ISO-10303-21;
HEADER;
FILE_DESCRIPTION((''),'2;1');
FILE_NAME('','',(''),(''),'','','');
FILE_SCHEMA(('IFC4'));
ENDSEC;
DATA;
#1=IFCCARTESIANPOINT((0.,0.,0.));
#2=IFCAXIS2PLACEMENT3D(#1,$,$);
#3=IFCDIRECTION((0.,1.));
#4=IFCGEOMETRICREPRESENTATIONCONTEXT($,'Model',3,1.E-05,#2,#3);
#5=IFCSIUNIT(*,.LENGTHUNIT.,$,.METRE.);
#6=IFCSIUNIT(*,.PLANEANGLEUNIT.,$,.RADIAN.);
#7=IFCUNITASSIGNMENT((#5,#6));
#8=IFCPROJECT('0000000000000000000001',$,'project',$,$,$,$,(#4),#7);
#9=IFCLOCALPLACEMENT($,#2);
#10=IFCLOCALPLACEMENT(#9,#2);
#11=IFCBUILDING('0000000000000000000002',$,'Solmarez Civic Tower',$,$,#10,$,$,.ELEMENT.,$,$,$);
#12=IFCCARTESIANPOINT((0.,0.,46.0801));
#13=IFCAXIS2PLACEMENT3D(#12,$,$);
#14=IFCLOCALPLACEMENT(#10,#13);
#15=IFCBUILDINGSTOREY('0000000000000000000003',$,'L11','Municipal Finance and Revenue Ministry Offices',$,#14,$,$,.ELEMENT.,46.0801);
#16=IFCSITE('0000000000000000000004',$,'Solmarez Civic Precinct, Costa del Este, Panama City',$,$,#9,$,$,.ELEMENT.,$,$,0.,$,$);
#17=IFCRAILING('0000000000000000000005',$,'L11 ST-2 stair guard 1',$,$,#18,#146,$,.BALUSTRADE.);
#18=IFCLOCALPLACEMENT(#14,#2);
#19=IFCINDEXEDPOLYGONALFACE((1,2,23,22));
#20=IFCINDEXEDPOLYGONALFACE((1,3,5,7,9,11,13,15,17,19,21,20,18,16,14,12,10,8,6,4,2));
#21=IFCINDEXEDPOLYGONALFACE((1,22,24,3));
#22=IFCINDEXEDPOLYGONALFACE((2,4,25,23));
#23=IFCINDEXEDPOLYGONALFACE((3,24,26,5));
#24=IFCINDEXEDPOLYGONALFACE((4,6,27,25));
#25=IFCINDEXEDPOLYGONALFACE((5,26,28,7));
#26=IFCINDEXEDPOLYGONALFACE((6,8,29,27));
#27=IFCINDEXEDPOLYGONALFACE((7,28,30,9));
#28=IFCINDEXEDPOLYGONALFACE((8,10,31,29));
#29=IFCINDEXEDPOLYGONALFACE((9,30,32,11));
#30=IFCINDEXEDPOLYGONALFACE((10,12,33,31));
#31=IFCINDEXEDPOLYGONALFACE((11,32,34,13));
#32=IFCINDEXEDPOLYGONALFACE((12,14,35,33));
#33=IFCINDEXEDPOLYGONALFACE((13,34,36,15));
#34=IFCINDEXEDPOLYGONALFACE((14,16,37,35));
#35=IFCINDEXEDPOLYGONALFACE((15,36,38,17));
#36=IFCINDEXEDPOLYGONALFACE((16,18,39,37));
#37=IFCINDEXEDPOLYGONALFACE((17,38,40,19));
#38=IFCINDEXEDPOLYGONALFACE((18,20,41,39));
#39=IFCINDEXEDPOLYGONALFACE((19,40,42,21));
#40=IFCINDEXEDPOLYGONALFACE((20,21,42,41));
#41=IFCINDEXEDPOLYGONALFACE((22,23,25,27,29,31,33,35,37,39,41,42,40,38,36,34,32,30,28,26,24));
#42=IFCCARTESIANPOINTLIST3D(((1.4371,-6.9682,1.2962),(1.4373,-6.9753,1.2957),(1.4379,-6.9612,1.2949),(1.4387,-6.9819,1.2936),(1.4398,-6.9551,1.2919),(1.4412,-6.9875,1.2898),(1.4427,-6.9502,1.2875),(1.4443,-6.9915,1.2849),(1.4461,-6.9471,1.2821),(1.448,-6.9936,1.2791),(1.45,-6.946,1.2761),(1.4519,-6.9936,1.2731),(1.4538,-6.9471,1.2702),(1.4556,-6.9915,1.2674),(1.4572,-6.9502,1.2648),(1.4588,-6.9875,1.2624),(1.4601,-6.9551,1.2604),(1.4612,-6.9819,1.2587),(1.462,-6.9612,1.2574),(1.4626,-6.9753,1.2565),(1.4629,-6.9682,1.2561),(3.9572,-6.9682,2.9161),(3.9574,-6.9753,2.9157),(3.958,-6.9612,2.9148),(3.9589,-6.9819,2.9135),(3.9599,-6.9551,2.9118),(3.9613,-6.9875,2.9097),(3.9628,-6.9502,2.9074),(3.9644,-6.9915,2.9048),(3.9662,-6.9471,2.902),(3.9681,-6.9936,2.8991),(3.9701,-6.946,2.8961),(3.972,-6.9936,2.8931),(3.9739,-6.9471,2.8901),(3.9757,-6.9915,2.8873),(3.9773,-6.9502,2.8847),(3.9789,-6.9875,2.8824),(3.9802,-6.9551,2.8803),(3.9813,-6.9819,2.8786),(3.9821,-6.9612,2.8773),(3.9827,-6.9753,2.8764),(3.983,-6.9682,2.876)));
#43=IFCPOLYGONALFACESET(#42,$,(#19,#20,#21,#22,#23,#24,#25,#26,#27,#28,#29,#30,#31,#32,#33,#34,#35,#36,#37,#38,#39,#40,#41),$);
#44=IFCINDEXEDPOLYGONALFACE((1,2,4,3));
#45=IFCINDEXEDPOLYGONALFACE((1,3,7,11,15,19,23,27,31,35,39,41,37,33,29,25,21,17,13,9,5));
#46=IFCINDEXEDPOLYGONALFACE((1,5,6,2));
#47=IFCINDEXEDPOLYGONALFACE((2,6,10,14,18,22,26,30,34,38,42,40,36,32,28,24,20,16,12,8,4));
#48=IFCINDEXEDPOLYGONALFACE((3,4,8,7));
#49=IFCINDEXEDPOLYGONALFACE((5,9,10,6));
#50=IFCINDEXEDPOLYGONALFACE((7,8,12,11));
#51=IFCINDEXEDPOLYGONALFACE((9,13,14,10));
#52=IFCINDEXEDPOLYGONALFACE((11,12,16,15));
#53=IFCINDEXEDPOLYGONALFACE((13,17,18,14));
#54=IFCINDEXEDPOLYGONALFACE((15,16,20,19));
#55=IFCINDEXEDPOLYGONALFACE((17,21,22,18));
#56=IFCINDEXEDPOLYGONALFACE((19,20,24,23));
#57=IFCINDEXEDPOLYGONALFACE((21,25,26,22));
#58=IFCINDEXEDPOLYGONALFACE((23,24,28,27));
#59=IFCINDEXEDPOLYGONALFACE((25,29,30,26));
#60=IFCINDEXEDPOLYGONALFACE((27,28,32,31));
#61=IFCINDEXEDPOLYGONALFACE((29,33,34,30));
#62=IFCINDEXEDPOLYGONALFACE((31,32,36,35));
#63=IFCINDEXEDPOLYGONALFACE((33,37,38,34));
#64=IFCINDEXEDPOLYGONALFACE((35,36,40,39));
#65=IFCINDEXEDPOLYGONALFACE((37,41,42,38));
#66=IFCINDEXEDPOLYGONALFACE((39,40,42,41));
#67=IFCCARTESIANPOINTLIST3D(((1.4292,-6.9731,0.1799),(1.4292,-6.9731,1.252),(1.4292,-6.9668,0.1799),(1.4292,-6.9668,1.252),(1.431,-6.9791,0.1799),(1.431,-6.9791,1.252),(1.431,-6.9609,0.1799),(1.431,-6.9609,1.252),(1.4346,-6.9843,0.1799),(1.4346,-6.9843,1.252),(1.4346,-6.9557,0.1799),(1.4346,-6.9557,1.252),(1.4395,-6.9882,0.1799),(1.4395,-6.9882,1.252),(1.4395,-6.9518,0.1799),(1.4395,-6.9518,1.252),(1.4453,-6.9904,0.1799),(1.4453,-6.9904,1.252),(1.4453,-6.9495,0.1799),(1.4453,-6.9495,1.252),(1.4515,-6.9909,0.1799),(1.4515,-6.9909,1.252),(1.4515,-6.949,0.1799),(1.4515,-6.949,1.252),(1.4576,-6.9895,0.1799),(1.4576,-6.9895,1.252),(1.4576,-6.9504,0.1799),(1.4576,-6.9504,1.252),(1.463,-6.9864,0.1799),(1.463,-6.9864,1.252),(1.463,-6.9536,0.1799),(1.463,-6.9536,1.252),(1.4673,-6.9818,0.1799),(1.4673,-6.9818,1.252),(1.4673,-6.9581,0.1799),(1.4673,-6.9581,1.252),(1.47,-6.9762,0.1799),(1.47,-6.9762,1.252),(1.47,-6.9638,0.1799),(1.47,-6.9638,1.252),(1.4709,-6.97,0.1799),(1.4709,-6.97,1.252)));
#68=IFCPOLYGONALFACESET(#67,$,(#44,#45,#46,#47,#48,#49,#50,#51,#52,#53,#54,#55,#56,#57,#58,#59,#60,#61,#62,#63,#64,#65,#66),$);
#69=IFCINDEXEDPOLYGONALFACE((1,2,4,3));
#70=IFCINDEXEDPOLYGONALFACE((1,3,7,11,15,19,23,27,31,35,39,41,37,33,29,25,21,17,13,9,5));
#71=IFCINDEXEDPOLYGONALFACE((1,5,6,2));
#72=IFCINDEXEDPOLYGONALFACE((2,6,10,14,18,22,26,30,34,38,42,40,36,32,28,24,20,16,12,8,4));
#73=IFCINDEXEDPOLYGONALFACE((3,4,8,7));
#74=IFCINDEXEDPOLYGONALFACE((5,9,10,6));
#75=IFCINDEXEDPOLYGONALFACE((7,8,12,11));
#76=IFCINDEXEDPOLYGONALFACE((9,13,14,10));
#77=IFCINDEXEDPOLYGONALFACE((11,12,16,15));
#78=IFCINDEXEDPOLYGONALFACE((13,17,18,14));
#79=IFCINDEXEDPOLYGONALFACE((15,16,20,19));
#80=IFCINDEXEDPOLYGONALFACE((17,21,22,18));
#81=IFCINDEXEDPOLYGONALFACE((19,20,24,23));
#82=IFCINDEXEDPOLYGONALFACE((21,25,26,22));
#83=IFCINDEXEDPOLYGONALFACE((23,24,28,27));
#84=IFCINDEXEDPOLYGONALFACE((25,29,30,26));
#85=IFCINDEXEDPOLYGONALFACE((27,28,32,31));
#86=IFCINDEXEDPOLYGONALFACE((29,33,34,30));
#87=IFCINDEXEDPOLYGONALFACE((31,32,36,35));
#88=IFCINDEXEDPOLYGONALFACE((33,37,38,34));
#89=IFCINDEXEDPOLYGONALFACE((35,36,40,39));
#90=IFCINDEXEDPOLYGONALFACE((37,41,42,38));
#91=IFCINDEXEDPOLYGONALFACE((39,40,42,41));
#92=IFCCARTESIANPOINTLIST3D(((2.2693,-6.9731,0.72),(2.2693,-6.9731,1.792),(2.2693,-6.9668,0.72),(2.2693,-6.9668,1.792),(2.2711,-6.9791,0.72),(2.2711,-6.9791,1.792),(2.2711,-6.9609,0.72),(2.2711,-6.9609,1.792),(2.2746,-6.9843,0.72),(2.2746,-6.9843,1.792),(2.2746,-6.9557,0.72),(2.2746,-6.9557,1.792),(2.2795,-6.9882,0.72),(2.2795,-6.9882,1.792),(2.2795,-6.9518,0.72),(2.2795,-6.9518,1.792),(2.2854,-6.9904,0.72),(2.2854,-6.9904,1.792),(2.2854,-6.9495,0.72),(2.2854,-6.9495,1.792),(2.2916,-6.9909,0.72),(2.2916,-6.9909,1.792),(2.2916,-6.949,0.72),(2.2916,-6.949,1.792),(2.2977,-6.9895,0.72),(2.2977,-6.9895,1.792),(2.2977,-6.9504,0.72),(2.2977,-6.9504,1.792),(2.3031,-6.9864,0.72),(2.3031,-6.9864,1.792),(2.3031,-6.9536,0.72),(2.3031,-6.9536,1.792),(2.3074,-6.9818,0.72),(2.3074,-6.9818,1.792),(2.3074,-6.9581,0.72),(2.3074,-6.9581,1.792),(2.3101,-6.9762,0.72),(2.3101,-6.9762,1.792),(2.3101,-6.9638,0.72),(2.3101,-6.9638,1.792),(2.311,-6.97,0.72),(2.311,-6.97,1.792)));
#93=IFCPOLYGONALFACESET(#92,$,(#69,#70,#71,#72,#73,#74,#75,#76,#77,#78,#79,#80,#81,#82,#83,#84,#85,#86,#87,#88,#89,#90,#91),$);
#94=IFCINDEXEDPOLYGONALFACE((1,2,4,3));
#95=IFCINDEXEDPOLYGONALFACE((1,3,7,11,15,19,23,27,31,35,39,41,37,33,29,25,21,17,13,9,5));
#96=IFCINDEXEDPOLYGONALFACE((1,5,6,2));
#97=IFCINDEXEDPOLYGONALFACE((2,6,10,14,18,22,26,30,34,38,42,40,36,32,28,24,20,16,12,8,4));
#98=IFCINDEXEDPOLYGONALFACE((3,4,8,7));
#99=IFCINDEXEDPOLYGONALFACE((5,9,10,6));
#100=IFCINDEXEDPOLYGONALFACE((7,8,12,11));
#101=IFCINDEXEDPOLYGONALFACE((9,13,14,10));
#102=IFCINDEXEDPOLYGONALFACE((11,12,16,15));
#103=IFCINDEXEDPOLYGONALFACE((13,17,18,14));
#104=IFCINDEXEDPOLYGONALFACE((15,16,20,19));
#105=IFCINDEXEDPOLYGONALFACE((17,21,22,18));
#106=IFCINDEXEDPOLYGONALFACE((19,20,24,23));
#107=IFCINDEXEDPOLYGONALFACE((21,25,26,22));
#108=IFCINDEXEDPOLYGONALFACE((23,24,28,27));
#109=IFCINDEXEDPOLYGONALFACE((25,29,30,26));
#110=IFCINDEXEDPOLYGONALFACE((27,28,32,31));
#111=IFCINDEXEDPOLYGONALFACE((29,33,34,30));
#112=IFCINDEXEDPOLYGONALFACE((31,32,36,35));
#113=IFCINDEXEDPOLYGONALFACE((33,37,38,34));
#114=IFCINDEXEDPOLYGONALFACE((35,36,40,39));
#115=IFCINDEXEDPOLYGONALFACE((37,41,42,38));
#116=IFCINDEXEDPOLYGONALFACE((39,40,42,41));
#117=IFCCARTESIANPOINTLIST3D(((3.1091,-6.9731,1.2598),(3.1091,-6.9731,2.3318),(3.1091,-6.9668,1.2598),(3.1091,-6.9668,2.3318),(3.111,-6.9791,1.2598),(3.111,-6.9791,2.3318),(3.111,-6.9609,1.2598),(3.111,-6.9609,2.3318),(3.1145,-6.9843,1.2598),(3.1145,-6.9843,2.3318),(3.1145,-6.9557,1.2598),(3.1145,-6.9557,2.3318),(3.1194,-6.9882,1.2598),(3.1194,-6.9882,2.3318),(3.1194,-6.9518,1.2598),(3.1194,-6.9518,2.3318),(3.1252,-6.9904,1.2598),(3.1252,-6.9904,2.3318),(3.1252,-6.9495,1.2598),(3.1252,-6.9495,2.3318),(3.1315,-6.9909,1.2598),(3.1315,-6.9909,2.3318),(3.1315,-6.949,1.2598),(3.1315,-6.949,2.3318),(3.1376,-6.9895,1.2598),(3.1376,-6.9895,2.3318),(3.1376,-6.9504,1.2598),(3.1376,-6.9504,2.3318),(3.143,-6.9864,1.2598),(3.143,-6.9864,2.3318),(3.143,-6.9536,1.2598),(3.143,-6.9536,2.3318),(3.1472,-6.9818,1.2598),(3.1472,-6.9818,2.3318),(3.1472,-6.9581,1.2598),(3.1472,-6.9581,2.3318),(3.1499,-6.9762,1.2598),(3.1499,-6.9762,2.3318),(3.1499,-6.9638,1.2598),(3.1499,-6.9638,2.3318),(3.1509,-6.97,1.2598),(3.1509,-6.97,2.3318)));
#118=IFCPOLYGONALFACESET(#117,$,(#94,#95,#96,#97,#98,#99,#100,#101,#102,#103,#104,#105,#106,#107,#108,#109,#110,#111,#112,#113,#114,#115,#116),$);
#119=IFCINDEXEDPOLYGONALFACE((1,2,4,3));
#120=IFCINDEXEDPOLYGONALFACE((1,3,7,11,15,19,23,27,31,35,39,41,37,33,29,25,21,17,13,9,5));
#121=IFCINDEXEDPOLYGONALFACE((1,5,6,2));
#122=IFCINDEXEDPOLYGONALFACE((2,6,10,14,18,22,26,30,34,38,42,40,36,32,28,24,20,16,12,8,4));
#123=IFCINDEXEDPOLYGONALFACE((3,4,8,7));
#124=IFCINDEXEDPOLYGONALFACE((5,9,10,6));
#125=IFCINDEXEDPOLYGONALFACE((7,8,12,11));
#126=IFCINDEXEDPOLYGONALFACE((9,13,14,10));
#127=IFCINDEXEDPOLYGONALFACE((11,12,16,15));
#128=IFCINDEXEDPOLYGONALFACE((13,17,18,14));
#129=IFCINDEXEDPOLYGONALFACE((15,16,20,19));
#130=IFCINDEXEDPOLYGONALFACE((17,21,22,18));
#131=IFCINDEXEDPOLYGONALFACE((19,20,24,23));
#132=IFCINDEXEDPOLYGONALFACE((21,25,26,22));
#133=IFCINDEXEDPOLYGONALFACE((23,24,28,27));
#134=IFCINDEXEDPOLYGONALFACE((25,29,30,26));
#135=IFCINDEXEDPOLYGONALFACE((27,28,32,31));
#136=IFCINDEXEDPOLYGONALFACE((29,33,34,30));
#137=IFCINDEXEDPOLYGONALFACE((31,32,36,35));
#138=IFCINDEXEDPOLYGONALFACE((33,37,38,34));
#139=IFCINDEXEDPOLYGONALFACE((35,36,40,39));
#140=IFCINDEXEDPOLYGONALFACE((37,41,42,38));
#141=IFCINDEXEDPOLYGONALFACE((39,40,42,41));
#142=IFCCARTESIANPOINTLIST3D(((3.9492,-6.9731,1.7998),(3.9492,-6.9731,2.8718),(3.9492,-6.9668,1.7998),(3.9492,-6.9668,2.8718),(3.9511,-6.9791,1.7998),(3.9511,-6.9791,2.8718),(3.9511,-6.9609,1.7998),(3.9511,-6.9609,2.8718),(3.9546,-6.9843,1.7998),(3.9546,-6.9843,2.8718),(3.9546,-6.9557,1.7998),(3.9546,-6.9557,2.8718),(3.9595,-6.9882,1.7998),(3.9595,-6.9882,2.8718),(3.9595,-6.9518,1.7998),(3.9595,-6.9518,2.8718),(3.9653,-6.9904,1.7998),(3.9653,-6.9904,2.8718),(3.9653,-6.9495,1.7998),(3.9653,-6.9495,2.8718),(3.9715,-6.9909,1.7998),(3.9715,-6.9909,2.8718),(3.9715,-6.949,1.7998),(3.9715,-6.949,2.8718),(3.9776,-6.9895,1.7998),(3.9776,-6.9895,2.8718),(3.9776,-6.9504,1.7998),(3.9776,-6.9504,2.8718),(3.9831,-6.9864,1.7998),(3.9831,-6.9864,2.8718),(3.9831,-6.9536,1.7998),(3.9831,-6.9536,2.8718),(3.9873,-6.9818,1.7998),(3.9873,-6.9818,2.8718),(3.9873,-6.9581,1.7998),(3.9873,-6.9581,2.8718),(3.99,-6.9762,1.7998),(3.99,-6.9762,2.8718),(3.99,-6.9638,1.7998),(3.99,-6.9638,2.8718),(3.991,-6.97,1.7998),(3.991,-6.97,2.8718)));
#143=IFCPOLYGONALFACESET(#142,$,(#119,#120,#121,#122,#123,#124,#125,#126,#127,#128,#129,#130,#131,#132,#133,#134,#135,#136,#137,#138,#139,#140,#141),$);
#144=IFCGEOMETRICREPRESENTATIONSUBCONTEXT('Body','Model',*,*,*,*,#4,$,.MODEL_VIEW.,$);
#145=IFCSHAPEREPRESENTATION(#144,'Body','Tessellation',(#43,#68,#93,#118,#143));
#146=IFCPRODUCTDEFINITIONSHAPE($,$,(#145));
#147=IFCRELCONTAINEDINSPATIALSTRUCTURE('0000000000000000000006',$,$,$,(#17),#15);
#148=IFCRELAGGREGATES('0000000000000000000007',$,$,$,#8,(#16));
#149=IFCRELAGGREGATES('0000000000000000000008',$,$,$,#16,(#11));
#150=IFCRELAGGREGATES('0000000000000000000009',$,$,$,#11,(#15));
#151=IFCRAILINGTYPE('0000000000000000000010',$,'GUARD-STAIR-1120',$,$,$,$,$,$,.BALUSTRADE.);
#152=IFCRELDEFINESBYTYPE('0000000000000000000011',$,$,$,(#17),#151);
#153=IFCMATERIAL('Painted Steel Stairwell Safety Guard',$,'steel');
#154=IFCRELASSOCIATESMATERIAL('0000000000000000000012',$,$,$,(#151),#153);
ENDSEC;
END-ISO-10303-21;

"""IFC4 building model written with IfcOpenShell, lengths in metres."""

from ifc_helpers import new_model, si_unit, direction, frame, origin, origin_2d, place, context, subcontext, project, spatial, circle, extrude, material, type_object, element, save


model = new_model("IFC4")

# Units and contexts
model_context = context("Model", 3, precision=1e-05, world=origin(), true_north=direction((0.0, 1.0)))
body_context = subcontext(model_context, "Body", "Model", "MODEL_VIEW")
ifc_project = project(units=[si_unit("LENGTHUNIT", "METRE"), si_unit("PLANEANGLEUNIT", "RADIAN")], contexts=[model_context])

# Site, building, storey
site_placement = place(None, origin())
site = spatial("IfcSite", under=ifc_project, at=site_placement, Name="Solmarez Civic Precinct, Costa del Este, Panama City", CompositionType="ELEMENT", RefElevation=0.0)
building_placement = place(site_placement, origin())
building = spatial("IfcBuilding", under=site, at=building_placement, Name="Solmarez Civic Tower", CompositionType="ELEMENT")
storey_placement = place(building_placement, frame((0.0, 0.0, 46.0801)))
storey = spatial("IfcBuildingStorey", under=building, at=storey_placement, Name="L11", Description="Municipal Finance and Revenue Ministry Offices", CompositionType="ELEMENT", Elevation=46.0801)

# Railing
ifc_material_1 = material(Name="Painted Steel Stairwell Safety Guard", Category="steel")
railing_type_1 = type_object("IfcRailingType", Name="GUARD-STAIR-1120", PredefinedType="BALUSTRADE", material=ifc_material_1)
railing_1_placement = place(storey_placement, frame((1.45, -6.97, 0.1799)))
element("IfcRailing", 1, at=railing_1_placement, inside=storey, type_object=railing_type_1, Name="L11 ST-2 stair guard 1", PredefinedType="BALUSTRADE", context=body_context, shape_type="SweptSolid", body=[
    extrude(circle(Radius=0.0239, at=origin_2d()), frame((0.0, 0.0, 1.0962), z_axis=(0.8412, 0.0, 0.540725), x_axis=(0.0, 1.0, 0.0)), (0.0, 0.0, 1.0), 2.9958),
    extrude(circle(Radius=0.021, at=origin_2d()), origin(), (0.0, 0.0, 1.0), 1.072),
    extrude(circle(Radius=0.021, at=origin_2d()), frame((0.8401, 0.0, 0.54)), (0.0, 0.0, 1.0), 1.072),
    extrude(circle(Radius=0.021, at=origin_2d()), frame((1.6799, 0.0, 1.0798)), (0.0, 0.0, 1.0), 1.072),
    extrude(circle(Radius=0.021, at=origin_2d()), frame((2.52, 0.0, 1.6199)), (0.0, 0.0, 1.0), 1.072),
])

save(model, "model.ifc")
